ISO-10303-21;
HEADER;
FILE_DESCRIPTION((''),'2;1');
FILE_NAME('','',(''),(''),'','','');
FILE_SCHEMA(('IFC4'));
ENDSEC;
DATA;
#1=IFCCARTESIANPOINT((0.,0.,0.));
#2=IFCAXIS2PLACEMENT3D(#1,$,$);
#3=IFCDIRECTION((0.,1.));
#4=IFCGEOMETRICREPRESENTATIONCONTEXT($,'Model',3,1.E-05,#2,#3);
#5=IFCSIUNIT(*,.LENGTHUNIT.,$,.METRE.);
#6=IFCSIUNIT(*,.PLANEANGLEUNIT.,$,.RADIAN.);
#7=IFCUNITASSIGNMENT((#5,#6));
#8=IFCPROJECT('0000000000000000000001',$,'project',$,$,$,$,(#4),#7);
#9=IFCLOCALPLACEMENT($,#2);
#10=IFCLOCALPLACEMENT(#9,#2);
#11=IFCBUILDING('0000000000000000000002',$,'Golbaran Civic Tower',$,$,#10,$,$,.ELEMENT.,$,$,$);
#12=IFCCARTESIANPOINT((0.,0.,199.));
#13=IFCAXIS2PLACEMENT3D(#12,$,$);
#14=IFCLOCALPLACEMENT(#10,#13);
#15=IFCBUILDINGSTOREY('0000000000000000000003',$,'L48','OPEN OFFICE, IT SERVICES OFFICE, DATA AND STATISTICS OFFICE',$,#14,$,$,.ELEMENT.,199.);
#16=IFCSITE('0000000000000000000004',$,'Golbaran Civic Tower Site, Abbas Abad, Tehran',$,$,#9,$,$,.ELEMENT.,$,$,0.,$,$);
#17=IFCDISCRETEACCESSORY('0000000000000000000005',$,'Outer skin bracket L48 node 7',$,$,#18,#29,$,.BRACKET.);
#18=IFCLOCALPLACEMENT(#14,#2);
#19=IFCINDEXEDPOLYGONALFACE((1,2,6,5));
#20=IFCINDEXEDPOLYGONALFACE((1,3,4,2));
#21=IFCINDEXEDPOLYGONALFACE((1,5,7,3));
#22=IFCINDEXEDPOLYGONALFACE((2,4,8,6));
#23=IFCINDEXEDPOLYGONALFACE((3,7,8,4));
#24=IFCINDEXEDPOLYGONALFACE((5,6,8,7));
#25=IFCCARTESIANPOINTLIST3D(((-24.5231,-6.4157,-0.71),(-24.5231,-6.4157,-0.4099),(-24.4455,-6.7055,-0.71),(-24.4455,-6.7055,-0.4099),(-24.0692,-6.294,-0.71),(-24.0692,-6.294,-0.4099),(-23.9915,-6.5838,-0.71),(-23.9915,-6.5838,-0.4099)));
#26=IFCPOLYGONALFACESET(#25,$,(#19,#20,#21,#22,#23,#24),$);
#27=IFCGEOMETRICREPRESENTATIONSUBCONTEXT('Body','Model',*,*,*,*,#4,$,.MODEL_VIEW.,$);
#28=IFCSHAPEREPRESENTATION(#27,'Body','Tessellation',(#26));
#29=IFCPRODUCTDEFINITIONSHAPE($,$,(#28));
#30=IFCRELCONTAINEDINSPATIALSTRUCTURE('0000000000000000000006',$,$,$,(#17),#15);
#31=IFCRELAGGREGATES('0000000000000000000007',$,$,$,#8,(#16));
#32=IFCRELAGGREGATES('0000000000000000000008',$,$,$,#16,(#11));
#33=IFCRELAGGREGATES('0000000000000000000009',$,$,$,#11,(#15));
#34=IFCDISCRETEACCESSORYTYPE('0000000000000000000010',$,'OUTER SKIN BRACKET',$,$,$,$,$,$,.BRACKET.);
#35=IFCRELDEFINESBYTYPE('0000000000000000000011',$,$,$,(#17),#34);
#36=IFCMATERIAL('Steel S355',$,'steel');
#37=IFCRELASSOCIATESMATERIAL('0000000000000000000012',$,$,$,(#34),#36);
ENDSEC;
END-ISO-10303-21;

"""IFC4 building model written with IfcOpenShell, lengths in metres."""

from ifc_helpers import new_model, si_unit, direction, frame, origin, origin_2d, place, context, subcontext, project, spatial, rectangle, extrude, material, type_object, element, save


model = new_model("IFC4")

# Units and contexts
model_context = context("Model", 3, precision=1e-05, world=origin(), true_north=direction((0.0, 1.0)))
body_context = subcontext(model_context, "Body", "Model", "MODEL_VIEW")
ifc_project = project(units=[si_unit("LENGTHUNIT", "METRE"), si_unit("PLANEANGLEUNIT", "RADIAN")], contexts=[model_context])

# Site, building, storey
site_placement = place(None, origin())
site = spatial("IfcSite", under=ifc_project, at=site_placement, Name="Golbaran Civic Tower Site, Abbas Abad, Tehran", CompositionType="ELEMENT", RefElevation=0.0)
building_placement = place(site_placement, origin())
building = spatial("IfcBuilding", under=site, at=building_placement, Name="Golbaran Civic Tower", CompositionType="ELEMENT")
storey_placement = place(building_placement, frame((0.0, 0.0, 199.0)))
storey = spatial("IfcBuildingStorey", under=building, at=storey_placement, Name="L48", Description="OPEN OFFICE, IT SERVICES OFFICE, DATA AND STATISTICS OFFICE", CompositionType="ELEMENT", Elevation=199.0)

# Shared definitions
ifc_material_1 = material(Name="Steel S355", Category="steel")

# Discrete accessory
discrete_accessory_type = type_object("IfcDiscreteAccessoryType", Name="OUTER SKIN BRACKET", PredefinedType="BRACKET", material=ifc_material_1)
discrete_accessory_placement = place(storey_placement, frame((-24.2573, -6.4998, -0.71), z_axis=(0.0, 0.0, 1.0), x_axis=(-0.965926, -0.258819, 0.0)))
element("IfcDiscreteAccessory", 1, at=discrete_accessory_placement, inside=storey, type_object=discrete_accessory_type, Name="Outer skin bracket L48 node 7", PredefinedType="BRACKET", context=body_context, shape_type="SweptSolid", body=[
    extrude(rectangle(XDim=0.47, YDim=0.3, at=origin_2d()), origin(), (0.0, 0.0, 1.0), 0.3),
])

save(model, "model.ifc")
